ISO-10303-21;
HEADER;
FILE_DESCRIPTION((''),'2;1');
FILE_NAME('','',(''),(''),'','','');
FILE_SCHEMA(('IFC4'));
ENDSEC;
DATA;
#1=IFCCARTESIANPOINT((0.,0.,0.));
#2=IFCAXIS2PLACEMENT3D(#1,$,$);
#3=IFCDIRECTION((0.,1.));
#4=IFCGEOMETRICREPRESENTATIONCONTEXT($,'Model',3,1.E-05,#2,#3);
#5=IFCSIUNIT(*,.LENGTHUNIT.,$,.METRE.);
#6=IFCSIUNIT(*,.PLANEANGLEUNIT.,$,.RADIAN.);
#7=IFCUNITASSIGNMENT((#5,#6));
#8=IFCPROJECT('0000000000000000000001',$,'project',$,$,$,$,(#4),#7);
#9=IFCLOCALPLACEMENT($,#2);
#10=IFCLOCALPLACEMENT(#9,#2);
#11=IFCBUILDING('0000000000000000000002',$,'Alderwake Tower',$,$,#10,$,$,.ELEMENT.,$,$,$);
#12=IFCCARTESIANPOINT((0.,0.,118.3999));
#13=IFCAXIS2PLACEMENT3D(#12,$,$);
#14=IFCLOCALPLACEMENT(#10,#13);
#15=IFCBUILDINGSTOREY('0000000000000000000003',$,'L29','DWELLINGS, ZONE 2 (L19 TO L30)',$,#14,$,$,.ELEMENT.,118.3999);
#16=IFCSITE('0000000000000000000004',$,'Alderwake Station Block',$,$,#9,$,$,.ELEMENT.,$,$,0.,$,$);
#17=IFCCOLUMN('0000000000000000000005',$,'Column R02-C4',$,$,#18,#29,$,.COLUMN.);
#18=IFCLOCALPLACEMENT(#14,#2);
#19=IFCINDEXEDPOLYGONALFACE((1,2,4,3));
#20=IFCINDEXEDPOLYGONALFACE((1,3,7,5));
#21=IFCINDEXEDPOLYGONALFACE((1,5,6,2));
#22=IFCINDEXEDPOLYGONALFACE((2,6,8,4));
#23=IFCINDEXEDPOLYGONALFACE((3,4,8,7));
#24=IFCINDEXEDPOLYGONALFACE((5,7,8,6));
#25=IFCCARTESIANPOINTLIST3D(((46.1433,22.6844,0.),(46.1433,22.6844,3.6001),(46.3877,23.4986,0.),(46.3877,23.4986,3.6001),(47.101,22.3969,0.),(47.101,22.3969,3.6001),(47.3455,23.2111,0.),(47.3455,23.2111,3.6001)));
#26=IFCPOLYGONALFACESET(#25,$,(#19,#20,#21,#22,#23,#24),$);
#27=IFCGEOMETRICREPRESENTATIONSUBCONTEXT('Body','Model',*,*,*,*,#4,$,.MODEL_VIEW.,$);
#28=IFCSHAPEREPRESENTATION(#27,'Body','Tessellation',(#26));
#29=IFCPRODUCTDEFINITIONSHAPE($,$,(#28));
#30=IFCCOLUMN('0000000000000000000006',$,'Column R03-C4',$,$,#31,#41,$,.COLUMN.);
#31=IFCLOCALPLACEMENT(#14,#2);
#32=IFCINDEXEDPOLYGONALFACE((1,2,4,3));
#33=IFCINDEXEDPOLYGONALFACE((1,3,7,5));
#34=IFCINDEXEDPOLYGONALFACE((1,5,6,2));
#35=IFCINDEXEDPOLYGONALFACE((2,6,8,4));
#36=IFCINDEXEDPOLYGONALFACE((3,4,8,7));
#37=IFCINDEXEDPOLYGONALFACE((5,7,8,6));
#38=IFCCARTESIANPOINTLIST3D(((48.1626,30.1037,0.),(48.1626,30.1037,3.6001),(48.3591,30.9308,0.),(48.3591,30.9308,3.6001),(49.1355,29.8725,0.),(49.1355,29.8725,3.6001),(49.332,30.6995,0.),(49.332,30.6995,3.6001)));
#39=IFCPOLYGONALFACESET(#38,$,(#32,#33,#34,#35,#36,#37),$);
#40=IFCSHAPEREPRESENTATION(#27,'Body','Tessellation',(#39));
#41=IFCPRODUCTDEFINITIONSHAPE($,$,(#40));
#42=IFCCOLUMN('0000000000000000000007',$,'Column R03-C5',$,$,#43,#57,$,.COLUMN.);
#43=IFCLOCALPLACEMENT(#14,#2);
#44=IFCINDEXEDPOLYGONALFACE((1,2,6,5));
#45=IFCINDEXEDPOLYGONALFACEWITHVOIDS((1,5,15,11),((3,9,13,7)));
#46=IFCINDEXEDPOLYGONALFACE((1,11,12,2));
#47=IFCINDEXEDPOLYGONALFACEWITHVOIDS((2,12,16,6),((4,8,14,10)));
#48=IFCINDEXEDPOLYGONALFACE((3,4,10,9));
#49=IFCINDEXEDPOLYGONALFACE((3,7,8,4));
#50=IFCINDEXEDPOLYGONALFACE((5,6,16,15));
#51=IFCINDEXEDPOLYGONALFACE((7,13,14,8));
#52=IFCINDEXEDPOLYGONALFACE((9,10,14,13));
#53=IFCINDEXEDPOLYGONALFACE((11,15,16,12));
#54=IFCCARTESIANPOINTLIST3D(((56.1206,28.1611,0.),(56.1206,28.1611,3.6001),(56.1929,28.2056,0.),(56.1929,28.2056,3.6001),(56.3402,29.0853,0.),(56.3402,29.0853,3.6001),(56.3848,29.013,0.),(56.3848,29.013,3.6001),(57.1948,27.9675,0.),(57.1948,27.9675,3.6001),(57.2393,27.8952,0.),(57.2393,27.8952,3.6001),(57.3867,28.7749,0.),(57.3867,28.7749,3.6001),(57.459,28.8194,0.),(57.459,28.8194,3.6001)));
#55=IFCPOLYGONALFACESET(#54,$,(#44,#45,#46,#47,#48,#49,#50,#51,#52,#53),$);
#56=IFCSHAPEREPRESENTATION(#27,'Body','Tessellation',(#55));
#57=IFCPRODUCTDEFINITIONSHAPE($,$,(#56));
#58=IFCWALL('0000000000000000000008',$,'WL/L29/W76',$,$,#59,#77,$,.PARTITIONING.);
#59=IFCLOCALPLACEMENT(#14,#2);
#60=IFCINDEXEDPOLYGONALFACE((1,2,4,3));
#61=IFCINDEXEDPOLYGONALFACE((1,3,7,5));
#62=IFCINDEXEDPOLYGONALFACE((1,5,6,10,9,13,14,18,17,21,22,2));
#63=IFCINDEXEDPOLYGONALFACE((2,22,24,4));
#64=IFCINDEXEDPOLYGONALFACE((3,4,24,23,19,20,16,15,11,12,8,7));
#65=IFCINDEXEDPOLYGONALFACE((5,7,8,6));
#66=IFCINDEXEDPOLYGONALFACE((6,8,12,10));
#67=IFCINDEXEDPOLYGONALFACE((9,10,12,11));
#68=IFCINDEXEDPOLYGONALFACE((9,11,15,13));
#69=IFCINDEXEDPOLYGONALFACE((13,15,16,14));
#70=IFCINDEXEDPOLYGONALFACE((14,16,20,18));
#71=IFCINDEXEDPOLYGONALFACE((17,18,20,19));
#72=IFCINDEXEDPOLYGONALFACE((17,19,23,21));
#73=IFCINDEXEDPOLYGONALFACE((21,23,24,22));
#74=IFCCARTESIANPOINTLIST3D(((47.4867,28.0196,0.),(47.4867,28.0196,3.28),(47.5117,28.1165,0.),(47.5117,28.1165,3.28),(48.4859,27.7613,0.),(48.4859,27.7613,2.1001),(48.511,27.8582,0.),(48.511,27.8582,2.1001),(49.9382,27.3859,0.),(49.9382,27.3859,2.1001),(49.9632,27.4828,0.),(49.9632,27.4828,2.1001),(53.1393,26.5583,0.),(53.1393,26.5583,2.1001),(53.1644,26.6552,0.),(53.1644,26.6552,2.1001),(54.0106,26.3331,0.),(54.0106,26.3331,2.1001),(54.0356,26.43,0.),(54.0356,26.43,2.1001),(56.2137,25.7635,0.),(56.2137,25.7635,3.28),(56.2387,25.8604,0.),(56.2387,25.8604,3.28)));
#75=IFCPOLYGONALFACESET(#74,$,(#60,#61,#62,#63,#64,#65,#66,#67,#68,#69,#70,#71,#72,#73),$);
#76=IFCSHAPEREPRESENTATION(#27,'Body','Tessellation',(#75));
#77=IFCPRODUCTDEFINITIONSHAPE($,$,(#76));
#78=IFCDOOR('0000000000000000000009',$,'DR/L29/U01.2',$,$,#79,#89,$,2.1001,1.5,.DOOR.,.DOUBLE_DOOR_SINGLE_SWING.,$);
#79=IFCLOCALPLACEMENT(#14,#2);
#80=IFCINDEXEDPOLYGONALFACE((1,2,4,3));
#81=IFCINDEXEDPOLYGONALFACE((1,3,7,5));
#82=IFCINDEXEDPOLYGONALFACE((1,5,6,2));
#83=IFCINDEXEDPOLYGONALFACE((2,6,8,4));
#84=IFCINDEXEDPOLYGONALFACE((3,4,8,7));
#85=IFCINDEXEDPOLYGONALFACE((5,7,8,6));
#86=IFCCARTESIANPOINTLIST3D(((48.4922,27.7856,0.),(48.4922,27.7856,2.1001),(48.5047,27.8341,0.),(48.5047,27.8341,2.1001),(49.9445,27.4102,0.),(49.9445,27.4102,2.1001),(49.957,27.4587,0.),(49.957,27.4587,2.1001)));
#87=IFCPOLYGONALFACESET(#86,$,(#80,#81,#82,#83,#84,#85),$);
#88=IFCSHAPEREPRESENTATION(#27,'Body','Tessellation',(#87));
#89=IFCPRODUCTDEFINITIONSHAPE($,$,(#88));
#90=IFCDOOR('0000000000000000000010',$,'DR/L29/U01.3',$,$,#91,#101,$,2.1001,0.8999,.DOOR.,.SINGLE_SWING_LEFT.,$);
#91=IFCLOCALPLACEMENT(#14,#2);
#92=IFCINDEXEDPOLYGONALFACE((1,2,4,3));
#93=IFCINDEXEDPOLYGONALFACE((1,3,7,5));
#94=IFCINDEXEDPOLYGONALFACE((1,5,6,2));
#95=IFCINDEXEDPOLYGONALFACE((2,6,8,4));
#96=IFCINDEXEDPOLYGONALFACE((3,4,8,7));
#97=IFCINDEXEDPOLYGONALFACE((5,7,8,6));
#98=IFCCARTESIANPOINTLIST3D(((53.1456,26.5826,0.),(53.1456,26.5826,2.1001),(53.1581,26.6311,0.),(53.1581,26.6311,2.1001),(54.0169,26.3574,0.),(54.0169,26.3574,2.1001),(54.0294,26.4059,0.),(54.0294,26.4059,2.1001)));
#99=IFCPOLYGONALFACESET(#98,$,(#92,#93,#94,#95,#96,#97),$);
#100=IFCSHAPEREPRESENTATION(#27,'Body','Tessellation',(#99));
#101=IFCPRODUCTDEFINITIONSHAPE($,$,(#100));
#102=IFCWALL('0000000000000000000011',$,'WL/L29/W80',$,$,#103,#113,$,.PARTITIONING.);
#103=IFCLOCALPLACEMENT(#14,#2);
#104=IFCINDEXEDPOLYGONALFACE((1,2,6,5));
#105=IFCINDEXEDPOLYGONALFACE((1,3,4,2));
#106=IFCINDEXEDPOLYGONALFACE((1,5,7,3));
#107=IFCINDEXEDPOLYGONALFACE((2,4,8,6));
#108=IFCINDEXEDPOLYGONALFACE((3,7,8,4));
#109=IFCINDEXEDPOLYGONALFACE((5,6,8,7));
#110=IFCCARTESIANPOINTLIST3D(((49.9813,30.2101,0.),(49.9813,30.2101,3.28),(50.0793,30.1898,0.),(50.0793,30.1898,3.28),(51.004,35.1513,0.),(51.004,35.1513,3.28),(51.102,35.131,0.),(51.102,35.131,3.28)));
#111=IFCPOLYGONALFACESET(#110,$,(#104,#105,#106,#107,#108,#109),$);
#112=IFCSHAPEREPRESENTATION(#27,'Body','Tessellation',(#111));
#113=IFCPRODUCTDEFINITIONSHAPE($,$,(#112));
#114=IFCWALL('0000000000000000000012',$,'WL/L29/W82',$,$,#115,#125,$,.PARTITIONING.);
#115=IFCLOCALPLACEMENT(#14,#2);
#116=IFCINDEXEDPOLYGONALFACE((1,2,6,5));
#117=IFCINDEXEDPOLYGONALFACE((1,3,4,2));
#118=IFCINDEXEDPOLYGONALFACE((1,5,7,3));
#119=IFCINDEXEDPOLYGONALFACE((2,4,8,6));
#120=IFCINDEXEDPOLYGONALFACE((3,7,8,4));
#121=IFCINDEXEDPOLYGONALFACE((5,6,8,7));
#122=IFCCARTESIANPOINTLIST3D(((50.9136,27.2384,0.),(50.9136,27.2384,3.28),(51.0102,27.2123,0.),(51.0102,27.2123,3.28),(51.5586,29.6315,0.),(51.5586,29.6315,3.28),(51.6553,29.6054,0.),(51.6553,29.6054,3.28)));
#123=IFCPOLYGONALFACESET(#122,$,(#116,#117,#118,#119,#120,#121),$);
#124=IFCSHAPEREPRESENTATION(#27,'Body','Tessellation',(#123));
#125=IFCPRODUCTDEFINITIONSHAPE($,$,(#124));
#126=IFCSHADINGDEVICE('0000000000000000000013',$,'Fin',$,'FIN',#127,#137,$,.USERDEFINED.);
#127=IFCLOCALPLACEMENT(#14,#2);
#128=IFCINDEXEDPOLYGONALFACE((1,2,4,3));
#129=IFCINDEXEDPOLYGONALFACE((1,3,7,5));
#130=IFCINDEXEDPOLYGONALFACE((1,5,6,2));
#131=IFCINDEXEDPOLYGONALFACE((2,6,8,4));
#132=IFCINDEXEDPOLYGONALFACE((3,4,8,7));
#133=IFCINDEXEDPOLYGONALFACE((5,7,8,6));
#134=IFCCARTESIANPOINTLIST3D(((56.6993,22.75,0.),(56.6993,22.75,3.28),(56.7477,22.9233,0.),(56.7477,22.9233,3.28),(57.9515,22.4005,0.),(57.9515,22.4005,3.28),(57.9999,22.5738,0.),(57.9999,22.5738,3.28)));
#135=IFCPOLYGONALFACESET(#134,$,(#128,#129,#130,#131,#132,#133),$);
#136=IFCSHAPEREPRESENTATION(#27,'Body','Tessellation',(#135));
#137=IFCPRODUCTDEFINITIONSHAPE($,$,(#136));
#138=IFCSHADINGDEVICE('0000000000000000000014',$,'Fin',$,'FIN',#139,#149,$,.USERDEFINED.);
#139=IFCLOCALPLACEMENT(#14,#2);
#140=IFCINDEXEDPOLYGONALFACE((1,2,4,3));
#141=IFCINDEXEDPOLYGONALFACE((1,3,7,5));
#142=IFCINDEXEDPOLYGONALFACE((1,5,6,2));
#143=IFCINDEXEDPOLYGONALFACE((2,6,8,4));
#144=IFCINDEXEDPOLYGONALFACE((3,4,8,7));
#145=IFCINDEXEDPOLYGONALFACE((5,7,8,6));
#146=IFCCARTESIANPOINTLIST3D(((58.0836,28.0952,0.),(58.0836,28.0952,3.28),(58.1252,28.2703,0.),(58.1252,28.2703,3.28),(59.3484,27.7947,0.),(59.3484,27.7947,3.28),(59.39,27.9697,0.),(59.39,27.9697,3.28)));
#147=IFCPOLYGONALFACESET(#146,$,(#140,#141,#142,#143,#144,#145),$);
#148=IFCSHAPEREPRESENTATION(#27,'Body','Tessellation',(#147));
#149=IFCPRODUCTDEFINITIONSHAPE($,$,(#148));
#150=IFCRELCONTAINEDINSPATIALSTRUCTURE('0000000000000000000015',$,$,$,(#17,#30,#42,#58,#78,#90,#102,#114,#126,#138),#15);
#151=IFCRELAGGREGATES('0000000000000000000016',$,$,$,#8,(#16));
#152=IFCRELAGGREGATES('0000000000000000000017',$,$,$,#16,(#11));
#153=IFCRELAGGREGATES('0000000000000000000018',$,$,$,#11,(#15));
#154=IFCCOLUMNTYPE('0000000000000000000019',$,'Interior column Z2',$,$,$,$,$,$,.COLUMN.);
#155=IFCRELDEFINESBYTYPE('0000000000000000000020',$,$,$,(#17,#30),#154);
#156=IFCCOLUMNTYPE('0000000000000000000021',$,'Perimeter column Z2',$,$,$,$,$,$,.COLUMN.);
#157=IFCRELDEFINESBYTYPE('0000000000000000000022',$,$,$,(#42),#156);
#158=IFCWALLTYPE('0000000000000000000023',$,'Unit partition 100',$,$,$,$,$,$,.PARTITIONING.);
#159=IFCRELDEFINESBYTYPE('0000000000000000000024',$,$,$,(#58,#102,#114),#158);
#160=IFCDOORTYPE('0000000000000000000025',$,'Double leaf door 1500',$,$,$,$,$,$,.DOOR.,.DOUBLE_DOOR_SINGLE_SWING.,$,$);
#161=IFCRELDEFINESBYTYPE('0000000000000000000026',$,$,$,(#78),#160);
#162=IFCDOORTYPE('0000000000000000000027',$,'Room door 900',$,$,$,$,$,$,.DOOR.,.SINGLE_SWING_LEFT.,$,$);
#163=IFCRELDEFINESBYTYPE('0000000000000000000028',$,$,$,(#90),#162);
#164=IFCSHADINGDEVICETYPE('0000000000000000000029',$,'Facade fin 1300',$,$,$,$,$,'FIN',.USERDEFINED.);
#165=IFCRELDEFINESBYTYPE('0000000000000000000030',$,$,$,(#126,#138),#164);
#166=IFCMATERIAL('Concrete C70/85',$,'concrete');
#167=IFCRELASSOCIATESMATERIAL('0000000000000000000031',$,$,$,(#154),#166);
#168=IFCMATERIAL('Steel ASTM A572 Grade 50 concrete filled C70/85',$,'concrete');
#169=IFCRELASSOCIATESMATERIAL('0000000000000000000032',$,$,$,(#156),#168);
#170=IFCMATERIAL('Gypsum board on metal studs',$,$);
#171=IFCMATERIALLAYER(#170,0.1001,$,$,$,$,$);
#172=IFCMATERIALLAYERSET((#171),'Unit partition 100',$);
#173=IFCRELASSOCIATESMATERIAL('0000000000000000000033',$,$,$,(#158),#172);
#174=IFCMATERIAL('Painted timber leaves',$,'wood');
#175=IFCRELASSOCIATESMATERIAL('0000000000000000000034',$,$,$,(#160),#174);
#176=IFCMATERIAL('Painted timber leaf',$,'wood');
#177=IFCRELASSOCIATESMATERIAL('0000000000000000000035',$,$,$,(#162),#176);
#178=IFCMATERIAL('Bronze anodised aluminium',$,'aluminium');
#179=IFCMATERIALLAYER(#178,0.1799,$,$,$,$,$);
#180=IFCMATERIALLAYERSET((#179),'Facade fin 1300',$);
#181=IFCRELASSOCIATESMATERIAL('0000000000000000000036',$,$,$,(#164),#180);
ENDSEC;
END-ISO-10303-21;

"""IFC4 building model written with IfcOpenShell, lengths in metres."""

from ifc_helpers import new_model, si_unit, direction, frame, frame_2d, origin, origin_2d, place, context, subcontext, project, spatial, rectangle, hollow_rectangle, extrude, material, layer, layer_set, material_profile, profile_set, type_object, element, fill, save


model = new_model("IFC4")

# Units and contexts
model_context = context("Model", 3, precision=1e-05, world=origin(), true_north=direction((0.0, 1.0)))
body_context = subcontext(model_context, "Body", "Model", "MODEL_VIEW")
ifc_project = project(units=[si_unit("LENGTHUNIT", "METRE"), si_unit("PLANEANGLEUNIT", "RADIAN")], contexts=[model_context])

# Site, building, storey
site_placement = place(None, origin())
site = spatial("IfcSite", under=ifc_project, at=site_placement, Name="Alderwake Station Block", CompositionType="ELEMENT", RefElevation=0.0)
building_placement = place(site_placement, origin())
building = spatial("IfcBuilding", under=site, at=building_placement, Name="Alderwake Tower", CompositionType="ELEMENT")
storey_placement = place(building_placement, frame((0.0, 0.0, 118.3999)))
storey = spatial("IfcBuildingStorey", under=building, at=storey_placement, Name="L29", Description="DWELLINGS, ZONE 2 (L19 TO L30)", CompositionType="ELEMENT", Elevation=118.3999)

# Columns
ifc_material_1 = material(Name="Concrete C70/85", Category="concrete")
ifc_material_profile_1 = material_profile(ifc_material_1, rectangle(XDim=0.8501, YDim=1.0, at=origin_2d()), Name="RC 1000X850")
ifc_profile_set_1 = profile_set([ifc_material_profile_1], Name="Concrete C70/85")
column_type_1 = type_object("IfcColumnType", Name="Interior column Z2", PredefinedType="COLUMN", material=ifc_profile_set_1)
for number, where, z_axis, x_axis, name in (
    (1, (46.7444, 22.9478, 0.0), (0.0, 0.0, 1.0), (0.287549, 0.957766, 0.0), "Column R02-C4"),
    (2, (48.7473, 30.4016, 0.0), (0.0, 0.0, 1.0), (0.231222, 0.972901, 0.0), "Column R03-C4"),
):
    element("IfcColumn", number, at=place(storey_placement, frame(where, z_axis=z_axis, x_axis=x_axis)), inside=storey, type_object=column_type_1, Name=name, PredefinedType="COLUMN", context=body_context, shape_type="SweptSolid", body=[
        extrude(rectangle(XDim=0.8501, YDim=1.0, at=origin_2d()), origin(), (0.0, 0.0, 1.0), 3.6001),
    ])
ifc_material_2 = material(Name="Steel ASTM A572 Grade 50 concrete filled C70/85", Category="concrete")
ifc_material_profile_2 = material_profile(ifc_material_2, hollow_rectangle(XDim=0.95, YDim=1.1499, WallThickness=0.0601, at=origin_2d()), Name="BOX 1150X950X60")
ifc_profile_set_2 = profile_set([ifc_material_profile_2], Name="Steel ASTM A572 Grade 50 concrete filled C70/85")
column_type_2 = type_object("IfcColumnType", Name="Perimeter column Z2", PredefinedType="COLUMN", material=ifc_profile_set_2)
column_placement = place(storey_placement, frame((56.7898, 28.4902, 0.0), z_axis=(0.0, 0.0, 1.0), x_axis=(0.231222, 0.972901, 0.0)))
element("IfcColumn", 3, at=column_placement, inside=storey, type_object=column_type_2, Name="Column R03-C5", PredefinedType="COLUMN", context=body_context, shape_type="SweptSolid", body=[
    extrude(hollow_rectangle(XDim=0.95, YDim=1.1499, WallThickness=0.0601, at=origin_2d()), origin(), (0.0, 0.0, 1.0), 3.6001),
])

# Wall, openings, doors
ifc_material_3 = material(Name="Gypsum board on metal studs")
ifc_layer_1 = layer(ifc_material_3, 0.1001)
ifc_layer_set_1 = layer_set([ifc_layer_1], Name="Unit partition 100")
wall_type_1 = type_object("IfcWallType", Name="Unit partition 100", PredefinedType="PARTITIONING", material=ifc_layer_set_1)
wall_1_placement = place(storey_placement, frame((56.2261, 25.812, 0.0), z_axis=(0.0, 0.0, 1.0), x_axis=(-0.968171, 0.25029, 0.0)))
wall_1 = element("IfcWall", 4, at=wall_1_placement, inside=storey, type_object=wall_type_1, Name="WL/L29/W76", PredefinedType="PARTITIONING", context=body_context, shape_type="SweptSolid", body=[
    extrude(rectangle(XDim=9.0139, YDim=0.1001, at=frame_2d((4.5068, 0.0))), origin(), (0.0, 0.0, 1.0), 3.28),
])
opening_1_placement = place(wall_1_placement, frame((6.4817, 0.0, 0.0)))
opening_1 = element("IfcOpeningElement", 5, at=opening_1_placement, cuts=wall_1, PredefinedType="OPENING", context=body_context, shape_type="SweptSolid", body=[
    extrude(rectangle(XDim=1.5, YDim=2.1001, at=frame_2d((0.75, 1.05))), frame((0.0, 0.0601, 0.0), z_axis=(0.0, -1.0, 0.0), x_axis=(1.0, 0.0, 0.0)), (0.0, 0.0, 1.0), 0.1201),
])
opening_2_placement = place(wall_1_placement, frame((2.2754, 0.0, 0.0)))
opening_2 = element("IfcOpeningElement", 6, at=opening_2_placement, cuts=wall_1, PredefinedType="OPENING", context=body_context, shape_type="SweptSolid", body=[
    extrude(rectangle(XDim=0.8999, YDim=2.1001, at=frame_2d((0.45, 1.05))), frame((0.0, 0.0601, 0.0), z_axis=(0.0, -1.0, 0.0), x_axis=(1.0, 0.0, 0.0)), (0.0, 0.0, 1.0), 0.1201),
])
ifc_material_4 = material(Name="Painted timber leaves", Category="wood")
door_type_1 = type_object("IfcDoorType", Name="Double leaf door 1500", OperationType="DOUBLE_DOOR_SINGLE_SWING", PredefinedType="DOOR", material=ifc_material_4)
door_1_placement = place(opening_1_placement, origin())
door_1 = element("IfcDoor", 7, at=door_1_placement, inside=storey, type_object=door_type_1, Name="DR/L29/U01.2", OperationType="DOUBLE_DOOR_SINGLE_SWING", OverallHeight=2.1001, OverallWidth=1.5, PredefinedType="DOOR", context=body_context, shape_type="SweptSolid", body=[
    extrude(rectangle(XDim=1.5, YDim=2.1001, at=frame_2d((0.75, 1.05))), frame((0.0, 0.0249, 0.0), z_axis=(0.0, -1.0, 0.0), x_axis=(1.0, 0.0, 0.0)), (0.0, 0.0, 1.0), 0.05),
])
fill(opening_1, door_1)
ifc_material_5 = material(Name="Painted timber leaf", Category="wood")
door_type_2 = type_object("IfcDoorType", Name="Room door 900", OperationType="SINGLE_SWING_LEFT", PredefinedType="DOOR", material=ifc_material_5)
door_2_placement = place(opening_2_placement, origin())
door_2 = element("IfcDoor", 8, at=door_2_placement, inside=storey, type_object=door_type_2, Name="DR/L29/U01.3", OperationType="SINGLE_SWING_LEFT", OverallHeight=2.1001, OverallWidth=0.8999, PredefinedType="DOOR", context=body_context, shape_type="SweptSolid", body=[
    extrude(rectangle(XDim=0.8999, YDim=2.1001, at=frame_2d((0.45, 1.05))), frame((0.0, 0.0249, 0.0), z_axis=(0.0, -1.0, 0.0), x_axis=(1.0, 0.0, 0.0)), (0.0, 0.0, 1.0), 0.05),
])
fill(opening_2, door_2)

# Walls
wall_2_placement = place(storey_placement, frame((50.0303, 30.2, 0.0), z_axis=(0.0, 0.0, 1.0), x_axis=(0.202681, 0.979245, 0.0)))
element("IfcWall", 9, at=wall_2_placement, inside=storey, type_object=wall_type_1, Name="WL/L29/W80", PredefinedType="PARTITIONING", context=body_context, shape_type="SweptSolid", body=[
    extrude(rectangle(XDim=5.0459, YDim=0.1001, at=frame_2d((2.5229, 0.0))), origin(), (0.0, 0.0, 1.0), 3.28),
])
wall_3_placement = place(storey_placement, frame((50.9619, 27.2253, 0.0), z_axis=(0.0, 0.0, 1.0), x_axis=(0.260249, 0.965542, 0.0)))
element("IfcWall", 10, at=wall_3_placement, inside=storey, type_object=wall_type_1, Name="WL/L29/W82", PredefinedType="PARTITIONING", context=body_context, shape_type="SweptSolid", body=[
    extrude(rectangle(XDim=2.4785, YDim=0.1001, at=frame_2d((1.2393, 0.0))), origin(), (0.0, 0.0, 1.0), 3.28),
])

# Shading devices
ifc_material_6 = material(Name="Bronze anodised aluminium", Category="aluminium")
ifc_layer_2 = layer(ifc_material_6, 0.1799)
ifc_layer_set_2 = layer_set([ifc_layer_2], Name="Facade fin 1300")
shading_device_type = type_object("IfcShadingDeviceType", Name="Facade fin 1300", ElementType="FIN", PredefinedType="USERDEFINED", material=ifc_layer_set_2)
for number, where, z_axis, x_axis, name in (
    (11, (57.3496, 22.6619, 0.0), (0.0, 0.0, 1.0), (0.963182, -0.268851, 0.0), "Fin"),
    (12, (58.7368, 28.0325, 0.0), (0.0, 0.0, 1.0), (0.972909, -0.231189, 0.0), "Fin"),
):
    element("IfcShadingDevice", number, at=place(storey_placement, frame(where, z_axis=z_axis, x_axis=x_axis)), inside=storey, type_object=shading_device_type, Name=name, ObjectType="FIN", PredefinedType="USERDEFINED", context=body_context, shape_type="SweptSolid", body=[
        extrude(rectangle(XDim=1.3, YDim=0.1799, at=origin_2d()), origin(), (0.0, 0.0, 1.0), 3.28),
    ])

save(model, "model.ifc")
